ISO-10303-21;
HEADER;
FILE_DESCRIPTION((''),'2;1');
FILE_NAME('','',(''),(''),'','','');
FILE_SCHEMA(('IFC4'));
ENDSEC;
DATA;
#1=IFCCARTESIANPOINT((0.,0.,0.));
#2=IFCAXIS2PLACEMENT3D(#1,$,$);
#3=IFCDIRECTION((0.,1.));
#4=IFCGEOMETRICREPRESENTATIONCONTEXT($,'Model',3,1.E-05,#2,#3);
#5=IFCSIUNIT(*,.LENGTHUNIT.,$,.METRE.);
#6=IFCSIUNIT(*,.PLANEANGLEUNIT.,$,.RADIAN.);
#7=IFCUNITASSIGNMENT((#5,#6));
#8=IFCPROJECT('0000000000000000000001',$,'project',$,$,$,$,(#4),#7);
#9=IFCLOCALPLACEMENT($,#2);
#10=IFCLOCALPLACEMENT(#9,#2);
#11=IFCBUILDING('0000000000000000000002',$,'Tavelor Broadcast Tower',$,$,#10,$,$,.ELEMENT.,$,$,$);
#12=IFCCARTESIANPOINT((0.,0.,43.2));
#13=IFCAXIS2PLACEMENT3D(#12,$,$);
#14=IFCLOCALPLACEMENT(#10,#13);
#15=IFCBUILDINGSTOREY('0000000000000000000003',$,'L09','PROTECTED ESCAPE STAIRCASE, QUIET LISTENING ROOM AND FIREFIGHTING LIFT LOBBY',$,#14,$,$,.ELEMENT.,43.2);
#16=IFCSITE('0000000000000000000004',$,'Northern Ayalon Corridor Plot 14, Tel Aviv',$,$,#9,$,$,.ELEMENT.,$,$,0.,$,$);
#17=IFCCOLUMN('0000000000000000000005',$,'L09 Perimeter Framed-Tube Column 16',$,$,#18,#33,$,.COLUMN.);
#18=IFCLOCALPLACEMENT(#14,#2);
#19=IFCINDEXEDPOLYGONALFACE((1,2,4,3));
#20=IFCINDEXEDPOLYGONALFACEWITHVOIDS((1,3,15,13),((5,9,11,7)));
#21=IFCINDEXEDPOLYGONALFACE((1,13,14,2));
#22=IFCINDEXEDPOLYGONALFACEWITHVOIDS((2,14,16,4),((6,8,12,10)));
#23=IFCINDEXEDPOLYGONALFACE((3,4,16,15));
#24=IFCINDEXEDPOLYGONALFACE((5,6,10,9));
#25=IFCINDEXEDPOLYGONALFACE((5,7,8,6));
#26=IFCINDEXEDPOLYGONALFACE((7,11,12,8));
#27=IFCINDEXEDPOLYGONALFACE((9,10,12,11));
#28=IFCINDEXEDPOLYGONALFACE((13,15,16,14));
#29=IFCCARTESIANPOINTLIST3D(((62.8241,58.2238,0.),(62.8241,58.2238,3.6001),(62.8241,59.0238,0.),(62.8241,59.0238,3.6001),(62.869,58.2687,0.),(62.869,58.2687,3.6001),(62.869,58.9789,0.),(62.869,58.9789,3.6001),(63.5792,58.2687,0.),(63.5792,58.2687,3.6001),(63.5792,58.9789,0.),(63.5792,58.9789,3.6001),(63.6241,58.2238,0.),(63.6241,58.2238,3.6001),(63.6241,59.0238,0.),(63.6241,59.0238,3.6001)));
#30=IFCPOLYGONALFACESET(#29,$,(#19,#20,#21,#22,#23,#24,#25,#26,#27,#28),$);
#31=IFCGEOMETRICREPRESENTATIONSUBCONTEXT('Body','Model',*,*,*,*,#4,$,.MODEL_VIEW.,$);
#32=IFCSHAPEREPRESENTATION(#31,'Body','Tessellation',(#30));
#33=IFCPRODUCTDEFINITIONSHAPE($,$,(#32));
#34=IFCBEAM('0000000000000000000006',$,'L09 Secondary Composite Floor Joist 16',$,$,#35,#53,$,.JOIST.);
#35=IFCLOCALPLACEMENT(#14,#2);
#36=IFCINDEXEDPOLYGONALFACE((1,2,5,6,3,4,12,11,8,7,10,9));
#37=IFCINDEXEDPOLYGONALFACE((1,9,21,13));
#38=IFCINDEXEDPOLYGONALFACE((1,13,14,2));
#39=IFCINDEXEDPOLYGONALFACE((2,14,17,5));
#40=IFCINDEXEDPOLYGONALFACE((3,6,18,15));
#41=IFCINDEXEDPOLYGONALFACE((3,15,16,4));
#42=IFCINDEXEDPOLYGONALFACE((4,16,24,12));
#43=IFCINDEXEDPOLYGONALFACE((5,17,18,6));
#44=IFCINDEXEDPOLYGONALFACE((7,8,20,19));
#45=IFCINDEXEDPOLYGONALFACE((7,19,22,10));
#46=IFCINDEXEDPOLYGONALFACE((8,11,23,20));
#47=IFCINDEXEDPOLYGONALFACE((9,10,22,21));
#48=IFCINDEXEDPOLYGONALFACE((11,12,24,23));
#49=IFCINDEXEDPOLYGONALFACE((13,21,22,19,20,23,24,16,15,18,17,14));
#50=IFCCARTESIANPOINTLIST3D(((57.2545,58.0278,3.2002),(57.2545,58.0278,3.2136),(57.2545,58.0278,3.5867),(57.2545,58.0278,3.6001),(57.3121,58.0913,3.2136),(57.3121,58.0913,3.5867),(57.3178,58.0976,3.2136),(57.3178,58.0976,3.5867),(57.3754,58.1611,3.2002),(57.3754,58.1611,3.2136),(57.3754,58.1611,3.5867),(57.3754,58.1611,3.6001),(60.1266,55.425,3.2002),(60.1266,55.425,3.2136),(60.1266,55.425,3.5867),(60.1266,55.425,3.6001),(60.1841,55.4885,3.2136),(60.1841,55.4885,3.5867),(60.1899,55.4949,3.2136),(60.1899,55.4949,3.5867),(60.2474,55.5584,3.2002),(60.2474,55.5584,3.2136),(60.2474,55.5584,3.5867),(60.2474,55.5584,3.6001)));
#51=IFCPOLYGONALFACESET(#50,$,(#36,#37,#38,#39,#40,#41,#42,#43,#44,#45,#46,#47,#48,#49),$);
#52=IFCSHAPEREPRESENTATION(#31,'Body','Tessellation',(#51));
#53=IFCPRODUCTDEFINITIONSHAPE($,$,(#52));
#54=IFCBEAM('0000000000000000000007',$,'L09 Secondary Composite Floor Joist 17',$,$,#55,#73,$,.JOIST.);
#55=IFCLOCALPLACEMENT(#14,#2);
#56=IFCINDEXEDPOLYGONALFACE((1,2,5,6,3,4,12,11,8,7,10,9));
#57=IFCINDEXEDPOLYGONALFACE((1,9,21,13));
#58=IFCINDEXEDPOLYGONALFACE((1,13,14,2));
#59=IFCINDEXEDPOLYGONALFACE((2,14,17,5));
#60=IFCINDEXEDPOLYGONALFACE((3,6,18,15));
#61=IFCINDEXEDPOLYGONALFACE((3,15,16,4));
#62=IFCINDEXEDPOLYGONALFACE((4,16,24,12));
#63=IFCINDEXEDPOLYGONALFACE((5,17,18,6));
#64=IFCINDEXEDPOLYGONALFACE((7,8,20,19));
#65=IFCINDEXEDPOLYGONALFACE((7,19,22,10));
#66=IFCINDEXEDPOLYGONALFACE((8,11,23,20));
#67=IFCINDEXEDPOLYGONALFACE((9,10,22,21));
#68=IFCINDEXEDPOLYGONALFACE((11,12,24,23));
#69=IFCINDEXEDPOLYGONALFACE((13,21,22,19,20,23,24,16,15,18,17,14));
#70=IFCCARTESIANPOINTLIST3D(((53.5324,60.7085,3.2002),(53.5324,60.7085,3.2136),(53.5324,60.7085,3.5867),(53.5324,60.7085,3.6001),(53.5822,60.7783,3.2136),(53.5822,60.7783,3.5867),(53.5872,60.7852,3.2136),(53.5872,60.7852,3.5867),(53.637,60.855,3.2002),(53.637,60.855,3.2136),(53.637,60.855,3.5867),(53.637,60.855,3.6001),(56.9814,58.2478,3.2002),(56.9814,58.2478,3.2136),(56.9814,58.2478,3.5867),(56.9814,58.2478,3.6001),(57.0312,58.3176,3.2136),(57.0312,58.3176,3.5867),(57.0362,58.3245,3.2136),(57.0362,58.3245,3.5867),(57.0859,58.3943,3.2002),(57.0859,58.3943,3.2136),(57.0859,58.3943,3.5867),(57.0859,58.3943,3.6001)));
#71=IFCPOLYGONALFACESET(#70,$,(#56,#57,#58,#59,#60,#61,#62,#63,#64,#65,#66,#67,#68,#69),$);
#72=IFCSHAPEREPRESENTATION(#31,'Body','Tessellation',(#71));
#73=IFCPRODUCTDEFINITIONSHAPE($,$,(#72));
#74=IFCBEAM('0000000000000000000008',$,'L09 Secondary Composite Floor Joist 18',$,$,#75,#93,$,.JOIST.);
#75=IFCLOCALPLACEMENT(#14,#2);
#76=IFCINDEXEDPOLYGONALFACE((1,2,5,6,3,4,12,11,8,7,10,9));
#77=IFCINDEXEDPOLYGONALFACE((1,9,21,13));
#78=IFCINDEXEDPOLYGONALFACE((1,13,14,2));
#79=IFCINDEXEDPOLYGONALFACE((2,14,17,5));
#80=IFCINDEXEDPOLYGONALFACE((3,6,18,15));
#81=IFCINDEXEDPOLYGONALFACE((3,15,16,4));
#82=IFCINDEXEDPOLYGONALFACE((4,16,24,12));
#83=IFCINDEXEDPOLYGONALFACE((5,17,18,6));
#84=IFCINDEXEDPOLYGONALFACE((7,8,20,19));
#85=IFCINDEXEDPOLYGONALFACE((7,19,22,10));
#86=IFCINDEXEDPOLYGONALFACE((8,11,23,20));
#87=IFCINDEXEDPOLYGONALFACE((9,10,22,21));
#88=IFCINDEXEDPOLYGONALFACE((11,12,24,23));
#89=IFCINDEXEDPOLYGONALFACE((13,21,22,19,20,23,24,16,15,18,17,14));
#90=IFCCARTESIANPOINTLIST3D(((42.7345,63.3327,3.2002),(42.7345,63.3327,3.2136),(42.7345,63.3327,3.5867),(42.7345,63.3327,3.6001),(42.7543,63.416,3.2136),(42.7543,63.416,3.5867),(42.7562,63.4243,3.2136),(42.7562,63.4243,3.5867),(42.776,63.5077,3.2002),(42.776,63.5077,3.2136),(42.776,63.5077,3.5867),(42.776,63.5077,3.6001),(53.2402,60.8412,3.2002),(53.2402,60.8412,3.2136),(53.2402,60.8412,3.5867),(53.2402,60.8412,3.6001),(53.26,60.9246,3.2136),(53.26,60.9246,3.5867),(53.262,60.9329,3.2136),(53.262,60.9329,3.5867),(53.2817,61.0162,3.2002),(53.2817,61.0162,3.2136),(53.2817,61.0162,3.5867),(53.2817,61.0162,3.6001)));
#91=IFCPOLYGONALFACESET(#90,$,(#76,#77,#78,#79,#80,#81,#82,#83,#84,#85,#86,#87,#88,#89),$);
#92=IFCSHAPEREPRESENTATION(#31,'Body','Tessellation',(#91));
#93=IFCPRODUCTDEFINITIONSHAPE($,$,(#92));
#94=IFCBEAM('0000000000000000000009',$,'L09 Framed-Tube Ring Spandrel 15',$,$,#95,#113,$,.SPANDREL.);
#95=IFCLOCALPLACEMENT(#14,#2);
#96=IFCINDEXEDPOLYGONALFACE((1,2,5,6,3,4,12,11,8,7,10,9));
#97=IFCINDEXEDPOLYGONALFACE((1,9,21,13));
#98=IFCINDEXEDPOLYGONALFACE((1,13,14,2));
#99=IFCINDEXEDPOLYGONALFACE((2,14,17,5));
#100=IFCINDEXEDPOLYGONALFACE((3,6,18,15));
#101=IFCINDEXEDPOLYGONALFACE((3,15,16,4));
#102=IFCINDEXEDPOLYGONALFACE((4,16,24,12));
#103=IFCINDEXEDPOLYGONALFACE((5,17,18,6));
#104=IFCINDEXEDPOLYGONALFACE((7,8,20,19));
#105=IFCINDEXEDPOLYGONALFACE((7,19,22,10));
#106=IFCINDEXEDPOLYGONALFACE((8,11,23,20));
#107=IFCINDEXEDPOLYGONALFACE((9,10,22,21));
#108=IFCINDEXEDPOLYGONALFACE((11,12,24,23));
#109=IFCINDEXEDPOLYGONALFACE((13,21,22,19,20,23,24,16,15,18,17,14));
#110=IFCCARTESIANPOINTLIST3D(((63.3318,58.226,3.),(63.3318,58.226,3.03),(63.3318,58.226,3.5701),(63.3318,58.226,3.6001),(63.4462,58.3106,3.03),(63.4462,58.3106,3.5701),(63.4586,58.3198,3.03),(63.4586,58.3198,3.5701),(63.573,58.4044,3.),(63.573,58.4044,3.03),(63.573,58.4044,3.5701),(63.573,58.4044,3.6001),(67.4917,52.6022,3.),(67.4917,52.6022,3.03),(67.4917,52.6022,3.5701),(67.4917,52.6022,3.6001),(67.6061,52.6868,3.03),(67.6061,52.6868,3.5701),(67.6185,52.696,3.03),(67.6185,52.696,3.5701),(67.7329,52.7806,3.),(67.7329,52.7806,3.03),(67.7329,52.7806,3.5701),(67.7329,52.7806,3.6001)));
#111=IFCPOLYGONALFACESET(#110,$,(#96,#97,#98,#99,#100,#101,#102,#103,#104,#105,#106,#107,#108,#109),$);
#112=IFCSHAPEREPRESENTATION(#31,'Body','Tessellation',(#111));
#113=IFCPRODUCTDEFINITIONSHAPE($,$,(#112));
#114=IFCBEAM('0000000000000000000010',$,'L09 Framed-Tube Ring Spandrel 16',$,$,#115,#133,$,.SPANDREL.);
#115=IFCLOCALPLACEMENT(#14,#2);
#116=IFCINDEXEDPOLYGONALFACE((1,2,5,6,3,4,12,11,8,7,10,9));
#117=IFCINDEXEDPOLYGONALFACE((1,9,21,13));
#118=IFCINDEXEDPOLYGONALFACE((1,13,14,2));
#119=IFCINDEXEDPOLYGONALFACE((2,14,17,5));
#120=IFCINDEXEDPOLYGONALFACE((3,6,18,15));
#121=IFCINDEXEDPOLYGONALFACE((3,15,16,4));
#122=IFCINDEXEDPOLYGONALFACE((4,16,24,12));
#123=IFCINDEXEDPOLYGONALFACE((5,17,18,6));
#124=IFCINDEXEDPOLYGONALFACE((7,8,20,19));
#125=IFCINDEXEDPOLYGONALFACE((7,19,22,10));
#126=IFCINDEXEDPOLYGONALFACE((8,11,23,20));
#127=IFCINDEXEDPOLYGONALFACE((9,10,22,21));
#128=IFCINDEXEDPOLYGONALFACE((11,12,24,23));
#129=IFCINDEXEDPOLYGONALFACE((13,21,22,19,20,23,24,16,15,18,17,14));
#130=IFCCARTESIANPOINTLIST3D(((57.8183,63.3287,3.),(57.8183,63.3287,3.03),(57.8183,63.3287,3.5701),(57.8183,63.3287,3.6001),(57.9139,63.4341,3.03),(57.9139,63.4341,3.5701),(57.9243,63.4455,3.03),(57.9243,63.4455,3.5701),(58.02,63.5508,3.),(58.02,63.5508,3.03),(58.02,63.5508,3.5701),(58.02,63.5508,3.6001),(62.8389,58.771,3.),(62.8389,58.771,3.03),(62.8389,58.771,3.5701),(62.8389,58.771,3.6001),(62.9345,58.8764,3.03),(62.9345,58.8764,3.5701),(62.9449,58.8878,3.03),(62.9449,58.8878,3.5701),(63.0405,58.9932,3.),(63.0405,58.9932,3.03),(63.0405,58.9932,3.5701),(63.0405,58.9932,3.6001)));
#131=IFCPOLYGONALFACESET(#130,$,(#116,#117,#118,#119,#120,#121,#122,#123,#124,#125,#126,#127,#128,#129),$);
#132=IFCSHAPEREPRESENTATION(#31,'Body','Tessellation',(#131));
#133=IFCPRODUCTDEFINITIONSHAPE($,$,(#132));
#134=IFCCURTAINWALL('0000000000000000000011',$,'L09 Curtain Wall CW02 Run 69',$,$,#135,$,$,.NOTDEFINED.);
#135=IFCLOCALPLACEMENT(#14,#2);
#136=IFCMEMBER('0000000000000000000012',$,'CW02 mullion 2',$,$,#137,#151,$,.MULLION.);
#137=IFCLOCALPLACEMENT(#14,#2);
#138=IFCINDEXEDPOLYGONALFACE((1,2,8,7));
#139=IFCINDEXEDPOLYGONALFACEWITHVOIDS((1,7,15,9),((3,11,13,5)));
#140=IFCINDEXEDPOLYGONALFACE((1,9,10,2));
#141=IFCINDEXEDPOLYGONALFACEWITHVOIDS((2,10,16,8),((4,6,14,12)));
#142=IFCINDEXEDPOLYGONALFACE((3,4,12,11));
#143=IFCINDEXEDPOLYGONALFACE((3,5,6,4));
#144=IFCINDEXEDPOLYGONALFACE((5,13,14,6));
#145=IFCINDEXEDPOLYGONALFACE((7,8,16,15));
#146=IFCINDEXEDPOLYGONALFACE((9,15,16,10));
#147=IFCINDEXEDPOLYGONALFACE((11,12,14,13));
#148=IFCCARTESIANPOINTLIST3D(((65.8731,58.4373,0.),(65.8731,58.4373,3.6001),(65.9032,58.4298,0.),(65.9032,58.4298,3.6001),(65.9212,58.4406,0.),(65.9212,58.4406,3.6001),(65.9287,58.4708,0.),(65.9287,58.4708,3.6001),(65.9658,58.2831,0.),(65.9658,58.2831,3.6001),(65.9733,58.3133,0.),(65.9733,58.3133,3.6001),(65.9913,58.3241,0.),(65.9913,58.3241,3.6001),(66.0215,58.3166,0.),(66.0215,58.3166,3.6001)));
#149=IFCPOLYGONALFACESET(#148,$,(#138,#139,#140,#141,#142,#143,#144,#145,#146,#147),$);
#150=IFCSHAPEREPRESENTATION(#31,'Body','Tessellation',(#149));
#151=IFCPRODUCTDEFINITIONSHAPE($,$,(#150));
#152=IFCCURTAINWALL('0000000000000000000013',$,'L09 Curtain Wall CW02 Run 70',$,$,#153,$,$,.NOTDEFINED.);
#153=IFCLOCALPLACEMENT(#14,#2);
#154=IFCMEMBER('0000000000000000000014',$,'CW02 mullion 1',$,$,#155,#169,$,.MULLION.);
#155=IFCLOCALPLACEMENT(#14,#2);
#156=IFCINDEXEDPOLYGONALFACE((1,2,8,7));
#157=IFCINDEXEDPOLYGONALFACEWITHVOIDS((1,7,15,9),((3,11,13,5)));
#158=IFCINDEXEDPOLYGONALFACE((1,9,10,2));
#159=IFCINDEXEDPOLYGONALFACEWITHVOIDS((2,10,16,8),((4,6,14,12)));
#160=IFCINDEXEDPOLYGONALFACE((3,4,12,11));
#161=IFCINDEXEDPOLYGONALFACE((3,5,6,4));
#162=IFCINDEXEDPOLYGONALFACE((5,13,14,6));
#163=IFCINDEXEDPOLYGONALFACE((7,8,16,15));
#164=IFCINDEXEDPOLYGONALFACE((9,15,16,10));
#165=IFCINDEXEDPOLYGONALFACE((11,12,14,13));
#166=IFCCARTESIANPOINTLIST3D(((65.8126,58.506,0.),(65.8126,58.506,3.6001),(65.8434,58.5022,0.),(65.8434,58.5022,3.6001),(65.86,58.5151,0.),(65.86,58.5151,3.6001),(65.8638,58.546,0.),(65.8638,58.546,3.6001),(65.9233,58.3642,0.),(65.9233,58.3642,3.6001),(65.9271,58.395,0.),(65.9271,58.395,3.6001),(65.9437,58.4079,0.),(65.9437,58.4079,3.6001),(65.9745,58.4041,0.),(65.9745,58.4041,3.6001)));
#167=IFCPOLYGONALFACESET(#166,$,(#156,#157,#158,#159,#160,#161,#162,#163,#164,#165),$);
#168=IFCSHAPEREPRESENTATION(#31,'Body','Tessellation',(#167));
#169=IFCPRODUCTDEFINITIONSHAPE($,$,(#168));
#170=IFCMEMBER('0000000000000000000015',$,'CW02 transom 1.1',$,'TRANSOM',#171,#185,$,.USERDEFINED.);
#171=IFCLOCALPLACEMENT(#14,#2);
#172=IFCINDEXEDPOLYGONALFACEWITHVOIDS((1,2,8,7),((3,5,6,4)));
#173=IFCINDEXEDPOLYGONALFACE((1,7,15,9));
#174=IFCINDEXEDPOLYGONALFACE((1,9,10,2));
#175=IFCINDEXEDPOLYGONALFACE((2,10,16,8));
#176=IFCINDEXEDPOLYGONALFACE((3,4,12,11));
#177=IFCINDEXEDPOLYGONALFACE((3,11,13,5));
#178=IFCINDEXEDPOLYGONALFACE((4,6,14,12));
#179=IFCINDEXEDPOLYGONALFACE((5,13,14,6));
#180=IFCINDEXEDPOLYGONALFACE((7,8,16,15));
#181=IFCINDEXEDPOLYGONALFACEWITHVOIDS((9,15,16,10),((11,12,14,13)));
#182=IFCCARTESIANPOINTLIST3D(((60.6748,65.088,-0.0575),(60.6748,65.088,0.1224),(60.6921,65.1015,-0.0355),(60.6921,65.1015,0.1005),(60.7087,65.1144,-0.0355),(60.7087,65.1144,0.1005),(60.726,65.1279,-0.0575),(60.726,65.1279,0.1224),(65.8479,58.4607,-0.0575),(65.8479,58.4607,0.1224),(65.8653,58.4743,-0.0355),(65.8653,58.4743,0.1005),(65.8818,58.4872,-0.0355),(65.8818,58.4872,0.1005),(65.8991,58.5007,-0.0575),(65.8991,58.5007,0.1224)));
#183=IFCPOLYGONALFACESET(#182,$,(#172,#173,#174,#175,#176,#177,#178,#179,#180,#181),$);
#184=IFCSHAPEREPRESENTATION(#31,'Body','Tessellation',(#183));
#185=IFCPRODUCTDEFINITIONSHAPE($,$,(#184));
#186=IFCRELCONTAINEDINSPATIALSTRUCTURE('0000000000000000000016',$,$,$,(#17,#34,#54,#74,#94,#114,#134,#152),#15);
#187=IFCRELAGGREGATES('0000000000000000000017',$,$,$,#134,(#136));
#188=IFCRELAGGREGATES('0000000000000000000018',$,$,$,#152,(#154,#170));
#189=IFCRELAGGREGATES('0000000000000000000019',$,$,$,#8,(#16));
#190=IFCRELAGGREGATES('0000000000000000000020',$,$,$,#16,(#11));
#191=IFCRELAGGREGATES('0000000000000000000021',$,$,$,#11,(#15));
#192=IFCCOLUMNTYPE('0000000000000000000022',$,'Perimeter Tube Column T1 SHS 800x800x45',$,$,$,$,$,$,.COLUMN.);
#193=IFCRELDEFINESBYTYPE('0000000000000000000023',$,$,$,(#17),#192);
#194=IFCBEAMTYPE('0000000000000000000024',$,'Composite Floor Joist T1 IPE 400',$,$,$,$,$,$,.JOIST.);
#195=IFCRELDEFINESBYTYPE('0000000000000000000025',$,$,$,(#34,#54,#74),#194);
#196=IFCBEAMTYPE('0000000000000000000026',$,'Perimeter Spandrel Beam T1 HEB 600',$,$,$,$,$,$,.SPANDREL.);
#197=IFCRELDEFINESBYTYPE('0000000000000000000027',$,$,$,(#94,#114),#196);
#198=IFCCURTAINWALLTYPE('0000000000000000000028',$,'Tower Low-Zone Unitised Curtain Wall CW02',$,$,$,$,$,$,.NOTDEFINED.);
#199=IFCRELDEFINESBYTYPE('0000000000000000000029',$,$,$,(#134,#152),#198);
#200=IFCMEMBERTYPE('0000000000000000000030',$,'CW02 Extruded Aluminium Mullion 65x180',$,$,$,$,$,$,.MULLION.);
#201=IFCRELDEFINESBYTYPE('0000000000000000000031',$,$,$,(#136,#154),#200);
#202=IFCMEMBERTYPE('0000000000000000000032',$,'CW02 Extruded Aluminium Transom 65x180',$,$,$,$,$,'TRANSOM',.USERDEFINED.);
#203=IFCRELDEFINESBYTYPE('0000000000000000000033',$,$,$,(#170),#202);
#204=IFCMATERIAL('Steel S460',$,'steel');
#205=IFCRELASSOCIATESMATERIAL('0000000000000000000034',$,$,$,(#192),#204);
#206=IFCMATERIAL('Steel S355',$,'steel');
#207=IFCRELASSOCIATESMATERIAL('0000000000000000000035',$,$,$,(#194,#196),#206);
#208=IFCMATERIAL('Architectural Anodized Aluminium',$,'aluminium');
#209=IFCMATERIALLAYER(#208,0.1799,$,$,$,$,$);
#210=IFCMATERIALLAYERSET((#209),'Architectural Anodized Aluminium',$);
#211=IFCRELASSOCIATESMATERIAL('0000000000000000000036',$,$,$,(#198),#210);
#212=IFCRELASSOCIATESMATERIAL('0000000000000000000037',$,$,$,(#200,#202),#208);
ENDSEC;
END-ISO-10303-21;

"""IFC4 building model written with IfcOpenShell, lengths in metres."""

from ifc_helpers import new_model, si_unit, direction, frame, origin, origin_2d, place, context, subcontext, project, spatial, hollow_rectangle, i_section, extrude, source, transform, mapped, material, layer, layer_set, material_profile, profile_set, type_object, type_shapes, element, aggregate, save


model = new_model("IFC4")

# Units and contexts
model_context = context("Model", 3, precision=1e-05, world=origin(), true_north=direction((0.0, 1.0)))
body_context = subcontext(model_context, "Body", "Model", "MODEL_VIEW")
ifc_project = project(units=[si_unit("LENGTHUNIT", "METRE"), si_unit("PLANEANGLEUNIT", "RADIAN")], contexts=[model_context])

# Site, building, storey
site_placement = place(None, origin())
site = spatial("IfcSite", under=ifc_project, at=site_placement, Name="Northern Ayalon Corridor Plot 14, Tel Aviv", CompositionType="ELEMENT", RefElevation=0.0)
building_placement = place(site_placement, origin())
building = spatial("IfcBuilding", under=site, at=building_placement, Name="Tavelor Broadcast Tower", CompositionType="ELEMENT")
storey_placement = place(building_placement, frame((0.0, 0.0, 43.2)))
storey = spatial("IfcBuildingStorey", under=building, at=storey_placement, Name="L09", Description="PROTECTED ESCAPE STAIRCASE, QUIET LISTENING ROOM AND FIREFIGHTING LIFT LOBBY", CompositionType="ELEMENT", Elevation=43.2)

# Column
ifc_material_1 = material(Name="Steel S460", Category="steel")
ifc_material_profile_1 = material_profile(ifc_material_1, hollow_rectangle(XDim=0.8, YDim=0.8, WallThickness=0.0449, at=origin_2d()), Name="SHS 800x800x45")
ifc_profile_set_1 = profile_set([ifc_material_profile_1], Name="Steel S460")
column_type = type_object("IfcColumnType", Name="Perimeter Tube Column T1 SHS 800x800x45", PredefinedType="COLUMN", material=ifc_profile_set_1)
column_placement = place(storey_placement, frame((63.2241, 58.6238, 0.0), z_axis=(0.0, 0.0, 1.0), x_axis=(1.0, 0.0, 0.0)))
element("IfcColumn", 1, at=column_placement, inside=storey, type_object=column_type, Name="L09 Perimeter Framed-Tube Column 16", PredefinedType="COLUMN", context=body_context, shape_type="SweptSolid", body=[
    extrude(hollow_rectangle(XDim=0.8, YDim=0.8, WallThickness=0.0449, at=origin_2d()), origin(), (0.0, 0.0, 1.0), 3.6001),
])

# Beams
ifc_material_2 = material(Name="Steel S355", Category="steel")
ifc_material_profile_2 = material_profile(ifc_material_2, i_section(OverallWidth=0.1799, OverallDepth=0.3999, WebThickness=0.0085, FlangeThickness=0.0134, at=origin_2d()), Name="IPE 400")
ifc_profile_set_2 = profile_set([ifc_material_profile_2], Name="Steel S355")
beam_type_1 = type_object("IfcBeamType", Name="Composite Floor Joist T1 IPE 400", PredefinedType="JOIST", material=ifc_profile_set_2)
beam_1_placement = place(storey_placement, frame((60.187, 55.4917, 3.4001), z_axis=(-0.740991, 0.671515, 0.0), x_axis=(-0.671515, -0.740991, 0.0)))
element("IfcBeam", 2, at=beam_1_placement, inside=storey, type_object=beam_type_1, Name="L09 Secondary Composite Floor Joist 16", PredefinedType="JOIST", context=body_context, shape_type="SweptSolid", body=[
    extrude(i_section(OverallWidth=0.1799, OverallDepth=0.3999, WebThickness=0.0085, FlangeThickness=0.0134, at=origin_2d()), origin(), (0.0, 0.0, 1.0), 3.876),
])
beam_2_placement = place(storey_placement, frame((57.0337, 58.321, 3.4001), z_axis=(-0.814053, 0.580791, 0.0), x_axis=(-0.580791, -0.814053, 0.0)))
element("IfcBeam", 3, at=beam_2_placement, inside=storey, type_object=beam_type_1, Name="L09 Secondary Composite Floor Joist 17", PredefinedType="JOIST", context=body_context, shape_type="SweptSolid", body=[
    extrude(i_section(OverallWidth=0.1799, OverallDepth=0.3999, WebThickness=0.0085, FlangeThickness=0.0134, at=origin_2d()), origin(), (0.0, 0.0, 1.0), 4.2368),
])
beam_3_placement = place(storey_placement, frame((53.261, 60.9287, 3.4001), z_axis=(-0.973012, 0.230754, 0.0), x_axis=(-0.230754, -0.973012, 0.0)))
element("IfcBeam", 4, at=beam_3_placement, inside=storey, type_object=beam_type_1, Name="L09 Secondary Composite Floor Joist 18", PredefinedType="JOIST", context=body_context, shape_type="SweptSolid", body=[
    extrude(i_section(OverallWidth=0.1799, OverallDepth=0.3999, WebThickness=0.0085, FlangeThickness=0.0134, at=origin_2d()), origin(), (0.0, 0.0, 1.0), 10.7971),
])
ifc_material_profile_3 = material_profile(ifc_material_2, i_section(OverallWidth=0.3, OverallDepth=0.6001, WebThickness=0.0154, FlangeThickness=0.03, at=origin_2d()), Name="HEB 600")
ifc_profile_set_3 = profile_set([ifc_material_profile_3], Name="Steel S355")
beam_type_2 = type_object("IfcBeamType", Name="Perimeter Spandrel Beam T1 HEB 600", PredefinedType="SPANDREL", material=ifc_profile_set_3)
beam_4_placement = place(storey_placement, frame((67.6123, 52.6914, 3.3), z_axis=(-0.594687, 0.803957, 0.0), x_axis=(-0.803957, -0.594687, 0.0)))
element("IfcBeam", 5, at=beam_4_placement, inside=storey, type_object=beam_type_2, Name="L09 Framed-Tube Ring Spandrel 15", PredefinedType="SPANDREL", context=body_context, shape_type="SweptSolid", body=[
    extrude(i_section(OverallWidth=0.3, OverallDepth=0.6001, WebThickness=0.0154, FlangeThickness=0.03, at=origin_2d()), origin(), (0.0, 0.0, 1.0), 6.9951),
])
beam_5_placement = place(storey_placement, frame((62.9397, 58.8821, 3.3), z_axis=(-0.740416, 0.672149, 0.0), x_axis=(-0.672149, -0.740416, 0.0)))
element("IfcBeam", 6, at=beam_5_placement, inside=storey, type_object=beam_type_2, Name="L09 Framed-Tube Ring Spandrel 16", PredefinedType="SPANDREL", context=body_context, shape_type="SweptSolid", body=[
    extrude(i_section(OverallWidth=0.3, OverallDepth=0.6001, WebThickness=0.0154, FlangeThickness=0.03, at=origin_2d()), origin(), (0.0, 0.0, 1.0), 6.7808),
])

# Curtain wall, member
ifc_material_3 = material(Name="Architectural Anodized Aluminium", Category="aluminium")
ifc_layer_1 = layer(ifc_material_3, 0.1799)
ifc_layer_set_1 = layer_set([ifc_layer_1], Name="Architectural Anodized Aluminium")
curtain_wall_type = type_object("IfcCurtainWallType", Name="Tower Low-Zone Unitised Curtain Wall CW02", PredefinedType="NOTDEFINED", material=ifc_layer_set_1)
curtain_wall_1_placement = place(storey_placement, origin())
curtain_wall_1 = element("IfcCurtainWall", 7, at=curtain_wall_1_placement, inside=storey, type_object=curtain_wall_type, Name="L09 Curtain Wall CW02 Run 69", PredefinedType="NOTDEFINED")
ifc_material_profile_4 = material_profile(ifc_material_3, hollow_rectangle(XDim=0.0649, YDim=0.1799, WallThickness=0.022, at=origin_2d()), Name="RHS 65x180x22")
ifc_profile_set_4 = profile_set([ifc_material_profile_4], Name="Architectural Anodized Aluminium")
member_type_1 = type_object("IfcMemberType", Name="CW02 Extruded Aluminium Mullion 65x180", PredefinedType="MULLION", material=ifc_profile_set_4)
shared_shape_1 = source(origin(), body_context, "Body", "SweptSolid", [
    extrude(hollow_rectangle(XDim=0.0649, YDim=0.1799, WallThickness=0.022, at=origin_2d()), origin(), (0.0, 0.0, 1.0), 3.6001),
])
type_shapes(member_type_1, [shared_shape_1])
member_1_placement = place(storey_placement, frame((65.9473, 58.377, 0.0), z_axis=(0.0, 0.0, 1.0), x_axis=(-0.856948, -0.515403, 0.0)))
member_1 = element("IfcMember", 8, at=member_1_placement, type_object=member_type_1, Name="CW02 mullion 2", PredefinedType="MULLION", context=body_context, shape_type="MappedRepresentation", body=[
    mapped(shared_shape_1, transform((0.0, 0.0, 0.0), scale=1.0)),
])

# Curtain wall, members
curtain_wall_2_placement = place(storey_placement, origin())
curtain_wall_2 = element("IfcCurtainWall", 9, at=curtain_wall_2_placement, inside=storey, type_object=curtain_wall_type, Name="L09 Curtain Wall CW02 Run 70", PredefinedType="NOTDEFINED")
member_2_placement = place(storey_placement, frame((65.8936, 58.4551, 0.0), z_axis=(0.0, 0.0, 1.0), x_axis=(-0.788273, -0.615326, 0.0)))
member_2 = element("IfcMember", 10, at=member_2_placement, type_object=member_type_1, Name="CW02 mullion 1", PredefinedType="MULLION", context=body_context, shape_type="MappedRepresentation", body=[
    mapped(shared_shape_1, transform((0.0, 0.0, 0.0), scale=1.0)),
])
ifc_material_profile_5 = material_profile(ifc_material_3, hollow_rectangle(XDim=0.0649, YDim=0.1799, WallThickness=0.022, at=origin_2d()), Name="RHS 65x180x22")
ifc_profile_set_5 = profile_set([ifc_material_profile_5], Name="Architectural Anodized Aluminium")
member_type_2 = type_object("IfcMemberType", Name="CW02 Extruded Aluminium Transom 65x180", ElementType="TRANSOM", PredefinedType="USERDEFINED", material=ifc_profile_set_5)
shared_shape_2 = source(origin(), body_context, "Body", "SweptSolid", [
    extrude(hollow_rectangle(XDim=0.0649, YDim=0.1799, WallThickness=0.022, at=origin_2d()), origin(), (0.0, 0.0, 1.0), 8.4072),
])
type_shapes(member_type_2, [shared_shape_2])
member_3_placement = place(storey_placement, frame((65.8735, 58.4807, 0.0325), z_axis=(-0.615319, 0.788278, 0.0), x_axis=(-0.788278, -0.615319, 0.0)))
member_3 = element("IfcMember", 11, at=member_3_placement, type_object=member_type_2, Name="CW02 transom 1.1", ObjectType="TRANSOM", PredefinedType="USERDEFINED", context=body_context, shape_type="MappedRepresentation", body=[
    mapped(shared_shape_2, transform((0.0, 0.0, 0.0), scale=1.0)),
])

aggregate(curtain_wall_1, [member_1])
aggregate(curtain_wall_2, [member_2, member_3])

save(model, "model.ifc")
